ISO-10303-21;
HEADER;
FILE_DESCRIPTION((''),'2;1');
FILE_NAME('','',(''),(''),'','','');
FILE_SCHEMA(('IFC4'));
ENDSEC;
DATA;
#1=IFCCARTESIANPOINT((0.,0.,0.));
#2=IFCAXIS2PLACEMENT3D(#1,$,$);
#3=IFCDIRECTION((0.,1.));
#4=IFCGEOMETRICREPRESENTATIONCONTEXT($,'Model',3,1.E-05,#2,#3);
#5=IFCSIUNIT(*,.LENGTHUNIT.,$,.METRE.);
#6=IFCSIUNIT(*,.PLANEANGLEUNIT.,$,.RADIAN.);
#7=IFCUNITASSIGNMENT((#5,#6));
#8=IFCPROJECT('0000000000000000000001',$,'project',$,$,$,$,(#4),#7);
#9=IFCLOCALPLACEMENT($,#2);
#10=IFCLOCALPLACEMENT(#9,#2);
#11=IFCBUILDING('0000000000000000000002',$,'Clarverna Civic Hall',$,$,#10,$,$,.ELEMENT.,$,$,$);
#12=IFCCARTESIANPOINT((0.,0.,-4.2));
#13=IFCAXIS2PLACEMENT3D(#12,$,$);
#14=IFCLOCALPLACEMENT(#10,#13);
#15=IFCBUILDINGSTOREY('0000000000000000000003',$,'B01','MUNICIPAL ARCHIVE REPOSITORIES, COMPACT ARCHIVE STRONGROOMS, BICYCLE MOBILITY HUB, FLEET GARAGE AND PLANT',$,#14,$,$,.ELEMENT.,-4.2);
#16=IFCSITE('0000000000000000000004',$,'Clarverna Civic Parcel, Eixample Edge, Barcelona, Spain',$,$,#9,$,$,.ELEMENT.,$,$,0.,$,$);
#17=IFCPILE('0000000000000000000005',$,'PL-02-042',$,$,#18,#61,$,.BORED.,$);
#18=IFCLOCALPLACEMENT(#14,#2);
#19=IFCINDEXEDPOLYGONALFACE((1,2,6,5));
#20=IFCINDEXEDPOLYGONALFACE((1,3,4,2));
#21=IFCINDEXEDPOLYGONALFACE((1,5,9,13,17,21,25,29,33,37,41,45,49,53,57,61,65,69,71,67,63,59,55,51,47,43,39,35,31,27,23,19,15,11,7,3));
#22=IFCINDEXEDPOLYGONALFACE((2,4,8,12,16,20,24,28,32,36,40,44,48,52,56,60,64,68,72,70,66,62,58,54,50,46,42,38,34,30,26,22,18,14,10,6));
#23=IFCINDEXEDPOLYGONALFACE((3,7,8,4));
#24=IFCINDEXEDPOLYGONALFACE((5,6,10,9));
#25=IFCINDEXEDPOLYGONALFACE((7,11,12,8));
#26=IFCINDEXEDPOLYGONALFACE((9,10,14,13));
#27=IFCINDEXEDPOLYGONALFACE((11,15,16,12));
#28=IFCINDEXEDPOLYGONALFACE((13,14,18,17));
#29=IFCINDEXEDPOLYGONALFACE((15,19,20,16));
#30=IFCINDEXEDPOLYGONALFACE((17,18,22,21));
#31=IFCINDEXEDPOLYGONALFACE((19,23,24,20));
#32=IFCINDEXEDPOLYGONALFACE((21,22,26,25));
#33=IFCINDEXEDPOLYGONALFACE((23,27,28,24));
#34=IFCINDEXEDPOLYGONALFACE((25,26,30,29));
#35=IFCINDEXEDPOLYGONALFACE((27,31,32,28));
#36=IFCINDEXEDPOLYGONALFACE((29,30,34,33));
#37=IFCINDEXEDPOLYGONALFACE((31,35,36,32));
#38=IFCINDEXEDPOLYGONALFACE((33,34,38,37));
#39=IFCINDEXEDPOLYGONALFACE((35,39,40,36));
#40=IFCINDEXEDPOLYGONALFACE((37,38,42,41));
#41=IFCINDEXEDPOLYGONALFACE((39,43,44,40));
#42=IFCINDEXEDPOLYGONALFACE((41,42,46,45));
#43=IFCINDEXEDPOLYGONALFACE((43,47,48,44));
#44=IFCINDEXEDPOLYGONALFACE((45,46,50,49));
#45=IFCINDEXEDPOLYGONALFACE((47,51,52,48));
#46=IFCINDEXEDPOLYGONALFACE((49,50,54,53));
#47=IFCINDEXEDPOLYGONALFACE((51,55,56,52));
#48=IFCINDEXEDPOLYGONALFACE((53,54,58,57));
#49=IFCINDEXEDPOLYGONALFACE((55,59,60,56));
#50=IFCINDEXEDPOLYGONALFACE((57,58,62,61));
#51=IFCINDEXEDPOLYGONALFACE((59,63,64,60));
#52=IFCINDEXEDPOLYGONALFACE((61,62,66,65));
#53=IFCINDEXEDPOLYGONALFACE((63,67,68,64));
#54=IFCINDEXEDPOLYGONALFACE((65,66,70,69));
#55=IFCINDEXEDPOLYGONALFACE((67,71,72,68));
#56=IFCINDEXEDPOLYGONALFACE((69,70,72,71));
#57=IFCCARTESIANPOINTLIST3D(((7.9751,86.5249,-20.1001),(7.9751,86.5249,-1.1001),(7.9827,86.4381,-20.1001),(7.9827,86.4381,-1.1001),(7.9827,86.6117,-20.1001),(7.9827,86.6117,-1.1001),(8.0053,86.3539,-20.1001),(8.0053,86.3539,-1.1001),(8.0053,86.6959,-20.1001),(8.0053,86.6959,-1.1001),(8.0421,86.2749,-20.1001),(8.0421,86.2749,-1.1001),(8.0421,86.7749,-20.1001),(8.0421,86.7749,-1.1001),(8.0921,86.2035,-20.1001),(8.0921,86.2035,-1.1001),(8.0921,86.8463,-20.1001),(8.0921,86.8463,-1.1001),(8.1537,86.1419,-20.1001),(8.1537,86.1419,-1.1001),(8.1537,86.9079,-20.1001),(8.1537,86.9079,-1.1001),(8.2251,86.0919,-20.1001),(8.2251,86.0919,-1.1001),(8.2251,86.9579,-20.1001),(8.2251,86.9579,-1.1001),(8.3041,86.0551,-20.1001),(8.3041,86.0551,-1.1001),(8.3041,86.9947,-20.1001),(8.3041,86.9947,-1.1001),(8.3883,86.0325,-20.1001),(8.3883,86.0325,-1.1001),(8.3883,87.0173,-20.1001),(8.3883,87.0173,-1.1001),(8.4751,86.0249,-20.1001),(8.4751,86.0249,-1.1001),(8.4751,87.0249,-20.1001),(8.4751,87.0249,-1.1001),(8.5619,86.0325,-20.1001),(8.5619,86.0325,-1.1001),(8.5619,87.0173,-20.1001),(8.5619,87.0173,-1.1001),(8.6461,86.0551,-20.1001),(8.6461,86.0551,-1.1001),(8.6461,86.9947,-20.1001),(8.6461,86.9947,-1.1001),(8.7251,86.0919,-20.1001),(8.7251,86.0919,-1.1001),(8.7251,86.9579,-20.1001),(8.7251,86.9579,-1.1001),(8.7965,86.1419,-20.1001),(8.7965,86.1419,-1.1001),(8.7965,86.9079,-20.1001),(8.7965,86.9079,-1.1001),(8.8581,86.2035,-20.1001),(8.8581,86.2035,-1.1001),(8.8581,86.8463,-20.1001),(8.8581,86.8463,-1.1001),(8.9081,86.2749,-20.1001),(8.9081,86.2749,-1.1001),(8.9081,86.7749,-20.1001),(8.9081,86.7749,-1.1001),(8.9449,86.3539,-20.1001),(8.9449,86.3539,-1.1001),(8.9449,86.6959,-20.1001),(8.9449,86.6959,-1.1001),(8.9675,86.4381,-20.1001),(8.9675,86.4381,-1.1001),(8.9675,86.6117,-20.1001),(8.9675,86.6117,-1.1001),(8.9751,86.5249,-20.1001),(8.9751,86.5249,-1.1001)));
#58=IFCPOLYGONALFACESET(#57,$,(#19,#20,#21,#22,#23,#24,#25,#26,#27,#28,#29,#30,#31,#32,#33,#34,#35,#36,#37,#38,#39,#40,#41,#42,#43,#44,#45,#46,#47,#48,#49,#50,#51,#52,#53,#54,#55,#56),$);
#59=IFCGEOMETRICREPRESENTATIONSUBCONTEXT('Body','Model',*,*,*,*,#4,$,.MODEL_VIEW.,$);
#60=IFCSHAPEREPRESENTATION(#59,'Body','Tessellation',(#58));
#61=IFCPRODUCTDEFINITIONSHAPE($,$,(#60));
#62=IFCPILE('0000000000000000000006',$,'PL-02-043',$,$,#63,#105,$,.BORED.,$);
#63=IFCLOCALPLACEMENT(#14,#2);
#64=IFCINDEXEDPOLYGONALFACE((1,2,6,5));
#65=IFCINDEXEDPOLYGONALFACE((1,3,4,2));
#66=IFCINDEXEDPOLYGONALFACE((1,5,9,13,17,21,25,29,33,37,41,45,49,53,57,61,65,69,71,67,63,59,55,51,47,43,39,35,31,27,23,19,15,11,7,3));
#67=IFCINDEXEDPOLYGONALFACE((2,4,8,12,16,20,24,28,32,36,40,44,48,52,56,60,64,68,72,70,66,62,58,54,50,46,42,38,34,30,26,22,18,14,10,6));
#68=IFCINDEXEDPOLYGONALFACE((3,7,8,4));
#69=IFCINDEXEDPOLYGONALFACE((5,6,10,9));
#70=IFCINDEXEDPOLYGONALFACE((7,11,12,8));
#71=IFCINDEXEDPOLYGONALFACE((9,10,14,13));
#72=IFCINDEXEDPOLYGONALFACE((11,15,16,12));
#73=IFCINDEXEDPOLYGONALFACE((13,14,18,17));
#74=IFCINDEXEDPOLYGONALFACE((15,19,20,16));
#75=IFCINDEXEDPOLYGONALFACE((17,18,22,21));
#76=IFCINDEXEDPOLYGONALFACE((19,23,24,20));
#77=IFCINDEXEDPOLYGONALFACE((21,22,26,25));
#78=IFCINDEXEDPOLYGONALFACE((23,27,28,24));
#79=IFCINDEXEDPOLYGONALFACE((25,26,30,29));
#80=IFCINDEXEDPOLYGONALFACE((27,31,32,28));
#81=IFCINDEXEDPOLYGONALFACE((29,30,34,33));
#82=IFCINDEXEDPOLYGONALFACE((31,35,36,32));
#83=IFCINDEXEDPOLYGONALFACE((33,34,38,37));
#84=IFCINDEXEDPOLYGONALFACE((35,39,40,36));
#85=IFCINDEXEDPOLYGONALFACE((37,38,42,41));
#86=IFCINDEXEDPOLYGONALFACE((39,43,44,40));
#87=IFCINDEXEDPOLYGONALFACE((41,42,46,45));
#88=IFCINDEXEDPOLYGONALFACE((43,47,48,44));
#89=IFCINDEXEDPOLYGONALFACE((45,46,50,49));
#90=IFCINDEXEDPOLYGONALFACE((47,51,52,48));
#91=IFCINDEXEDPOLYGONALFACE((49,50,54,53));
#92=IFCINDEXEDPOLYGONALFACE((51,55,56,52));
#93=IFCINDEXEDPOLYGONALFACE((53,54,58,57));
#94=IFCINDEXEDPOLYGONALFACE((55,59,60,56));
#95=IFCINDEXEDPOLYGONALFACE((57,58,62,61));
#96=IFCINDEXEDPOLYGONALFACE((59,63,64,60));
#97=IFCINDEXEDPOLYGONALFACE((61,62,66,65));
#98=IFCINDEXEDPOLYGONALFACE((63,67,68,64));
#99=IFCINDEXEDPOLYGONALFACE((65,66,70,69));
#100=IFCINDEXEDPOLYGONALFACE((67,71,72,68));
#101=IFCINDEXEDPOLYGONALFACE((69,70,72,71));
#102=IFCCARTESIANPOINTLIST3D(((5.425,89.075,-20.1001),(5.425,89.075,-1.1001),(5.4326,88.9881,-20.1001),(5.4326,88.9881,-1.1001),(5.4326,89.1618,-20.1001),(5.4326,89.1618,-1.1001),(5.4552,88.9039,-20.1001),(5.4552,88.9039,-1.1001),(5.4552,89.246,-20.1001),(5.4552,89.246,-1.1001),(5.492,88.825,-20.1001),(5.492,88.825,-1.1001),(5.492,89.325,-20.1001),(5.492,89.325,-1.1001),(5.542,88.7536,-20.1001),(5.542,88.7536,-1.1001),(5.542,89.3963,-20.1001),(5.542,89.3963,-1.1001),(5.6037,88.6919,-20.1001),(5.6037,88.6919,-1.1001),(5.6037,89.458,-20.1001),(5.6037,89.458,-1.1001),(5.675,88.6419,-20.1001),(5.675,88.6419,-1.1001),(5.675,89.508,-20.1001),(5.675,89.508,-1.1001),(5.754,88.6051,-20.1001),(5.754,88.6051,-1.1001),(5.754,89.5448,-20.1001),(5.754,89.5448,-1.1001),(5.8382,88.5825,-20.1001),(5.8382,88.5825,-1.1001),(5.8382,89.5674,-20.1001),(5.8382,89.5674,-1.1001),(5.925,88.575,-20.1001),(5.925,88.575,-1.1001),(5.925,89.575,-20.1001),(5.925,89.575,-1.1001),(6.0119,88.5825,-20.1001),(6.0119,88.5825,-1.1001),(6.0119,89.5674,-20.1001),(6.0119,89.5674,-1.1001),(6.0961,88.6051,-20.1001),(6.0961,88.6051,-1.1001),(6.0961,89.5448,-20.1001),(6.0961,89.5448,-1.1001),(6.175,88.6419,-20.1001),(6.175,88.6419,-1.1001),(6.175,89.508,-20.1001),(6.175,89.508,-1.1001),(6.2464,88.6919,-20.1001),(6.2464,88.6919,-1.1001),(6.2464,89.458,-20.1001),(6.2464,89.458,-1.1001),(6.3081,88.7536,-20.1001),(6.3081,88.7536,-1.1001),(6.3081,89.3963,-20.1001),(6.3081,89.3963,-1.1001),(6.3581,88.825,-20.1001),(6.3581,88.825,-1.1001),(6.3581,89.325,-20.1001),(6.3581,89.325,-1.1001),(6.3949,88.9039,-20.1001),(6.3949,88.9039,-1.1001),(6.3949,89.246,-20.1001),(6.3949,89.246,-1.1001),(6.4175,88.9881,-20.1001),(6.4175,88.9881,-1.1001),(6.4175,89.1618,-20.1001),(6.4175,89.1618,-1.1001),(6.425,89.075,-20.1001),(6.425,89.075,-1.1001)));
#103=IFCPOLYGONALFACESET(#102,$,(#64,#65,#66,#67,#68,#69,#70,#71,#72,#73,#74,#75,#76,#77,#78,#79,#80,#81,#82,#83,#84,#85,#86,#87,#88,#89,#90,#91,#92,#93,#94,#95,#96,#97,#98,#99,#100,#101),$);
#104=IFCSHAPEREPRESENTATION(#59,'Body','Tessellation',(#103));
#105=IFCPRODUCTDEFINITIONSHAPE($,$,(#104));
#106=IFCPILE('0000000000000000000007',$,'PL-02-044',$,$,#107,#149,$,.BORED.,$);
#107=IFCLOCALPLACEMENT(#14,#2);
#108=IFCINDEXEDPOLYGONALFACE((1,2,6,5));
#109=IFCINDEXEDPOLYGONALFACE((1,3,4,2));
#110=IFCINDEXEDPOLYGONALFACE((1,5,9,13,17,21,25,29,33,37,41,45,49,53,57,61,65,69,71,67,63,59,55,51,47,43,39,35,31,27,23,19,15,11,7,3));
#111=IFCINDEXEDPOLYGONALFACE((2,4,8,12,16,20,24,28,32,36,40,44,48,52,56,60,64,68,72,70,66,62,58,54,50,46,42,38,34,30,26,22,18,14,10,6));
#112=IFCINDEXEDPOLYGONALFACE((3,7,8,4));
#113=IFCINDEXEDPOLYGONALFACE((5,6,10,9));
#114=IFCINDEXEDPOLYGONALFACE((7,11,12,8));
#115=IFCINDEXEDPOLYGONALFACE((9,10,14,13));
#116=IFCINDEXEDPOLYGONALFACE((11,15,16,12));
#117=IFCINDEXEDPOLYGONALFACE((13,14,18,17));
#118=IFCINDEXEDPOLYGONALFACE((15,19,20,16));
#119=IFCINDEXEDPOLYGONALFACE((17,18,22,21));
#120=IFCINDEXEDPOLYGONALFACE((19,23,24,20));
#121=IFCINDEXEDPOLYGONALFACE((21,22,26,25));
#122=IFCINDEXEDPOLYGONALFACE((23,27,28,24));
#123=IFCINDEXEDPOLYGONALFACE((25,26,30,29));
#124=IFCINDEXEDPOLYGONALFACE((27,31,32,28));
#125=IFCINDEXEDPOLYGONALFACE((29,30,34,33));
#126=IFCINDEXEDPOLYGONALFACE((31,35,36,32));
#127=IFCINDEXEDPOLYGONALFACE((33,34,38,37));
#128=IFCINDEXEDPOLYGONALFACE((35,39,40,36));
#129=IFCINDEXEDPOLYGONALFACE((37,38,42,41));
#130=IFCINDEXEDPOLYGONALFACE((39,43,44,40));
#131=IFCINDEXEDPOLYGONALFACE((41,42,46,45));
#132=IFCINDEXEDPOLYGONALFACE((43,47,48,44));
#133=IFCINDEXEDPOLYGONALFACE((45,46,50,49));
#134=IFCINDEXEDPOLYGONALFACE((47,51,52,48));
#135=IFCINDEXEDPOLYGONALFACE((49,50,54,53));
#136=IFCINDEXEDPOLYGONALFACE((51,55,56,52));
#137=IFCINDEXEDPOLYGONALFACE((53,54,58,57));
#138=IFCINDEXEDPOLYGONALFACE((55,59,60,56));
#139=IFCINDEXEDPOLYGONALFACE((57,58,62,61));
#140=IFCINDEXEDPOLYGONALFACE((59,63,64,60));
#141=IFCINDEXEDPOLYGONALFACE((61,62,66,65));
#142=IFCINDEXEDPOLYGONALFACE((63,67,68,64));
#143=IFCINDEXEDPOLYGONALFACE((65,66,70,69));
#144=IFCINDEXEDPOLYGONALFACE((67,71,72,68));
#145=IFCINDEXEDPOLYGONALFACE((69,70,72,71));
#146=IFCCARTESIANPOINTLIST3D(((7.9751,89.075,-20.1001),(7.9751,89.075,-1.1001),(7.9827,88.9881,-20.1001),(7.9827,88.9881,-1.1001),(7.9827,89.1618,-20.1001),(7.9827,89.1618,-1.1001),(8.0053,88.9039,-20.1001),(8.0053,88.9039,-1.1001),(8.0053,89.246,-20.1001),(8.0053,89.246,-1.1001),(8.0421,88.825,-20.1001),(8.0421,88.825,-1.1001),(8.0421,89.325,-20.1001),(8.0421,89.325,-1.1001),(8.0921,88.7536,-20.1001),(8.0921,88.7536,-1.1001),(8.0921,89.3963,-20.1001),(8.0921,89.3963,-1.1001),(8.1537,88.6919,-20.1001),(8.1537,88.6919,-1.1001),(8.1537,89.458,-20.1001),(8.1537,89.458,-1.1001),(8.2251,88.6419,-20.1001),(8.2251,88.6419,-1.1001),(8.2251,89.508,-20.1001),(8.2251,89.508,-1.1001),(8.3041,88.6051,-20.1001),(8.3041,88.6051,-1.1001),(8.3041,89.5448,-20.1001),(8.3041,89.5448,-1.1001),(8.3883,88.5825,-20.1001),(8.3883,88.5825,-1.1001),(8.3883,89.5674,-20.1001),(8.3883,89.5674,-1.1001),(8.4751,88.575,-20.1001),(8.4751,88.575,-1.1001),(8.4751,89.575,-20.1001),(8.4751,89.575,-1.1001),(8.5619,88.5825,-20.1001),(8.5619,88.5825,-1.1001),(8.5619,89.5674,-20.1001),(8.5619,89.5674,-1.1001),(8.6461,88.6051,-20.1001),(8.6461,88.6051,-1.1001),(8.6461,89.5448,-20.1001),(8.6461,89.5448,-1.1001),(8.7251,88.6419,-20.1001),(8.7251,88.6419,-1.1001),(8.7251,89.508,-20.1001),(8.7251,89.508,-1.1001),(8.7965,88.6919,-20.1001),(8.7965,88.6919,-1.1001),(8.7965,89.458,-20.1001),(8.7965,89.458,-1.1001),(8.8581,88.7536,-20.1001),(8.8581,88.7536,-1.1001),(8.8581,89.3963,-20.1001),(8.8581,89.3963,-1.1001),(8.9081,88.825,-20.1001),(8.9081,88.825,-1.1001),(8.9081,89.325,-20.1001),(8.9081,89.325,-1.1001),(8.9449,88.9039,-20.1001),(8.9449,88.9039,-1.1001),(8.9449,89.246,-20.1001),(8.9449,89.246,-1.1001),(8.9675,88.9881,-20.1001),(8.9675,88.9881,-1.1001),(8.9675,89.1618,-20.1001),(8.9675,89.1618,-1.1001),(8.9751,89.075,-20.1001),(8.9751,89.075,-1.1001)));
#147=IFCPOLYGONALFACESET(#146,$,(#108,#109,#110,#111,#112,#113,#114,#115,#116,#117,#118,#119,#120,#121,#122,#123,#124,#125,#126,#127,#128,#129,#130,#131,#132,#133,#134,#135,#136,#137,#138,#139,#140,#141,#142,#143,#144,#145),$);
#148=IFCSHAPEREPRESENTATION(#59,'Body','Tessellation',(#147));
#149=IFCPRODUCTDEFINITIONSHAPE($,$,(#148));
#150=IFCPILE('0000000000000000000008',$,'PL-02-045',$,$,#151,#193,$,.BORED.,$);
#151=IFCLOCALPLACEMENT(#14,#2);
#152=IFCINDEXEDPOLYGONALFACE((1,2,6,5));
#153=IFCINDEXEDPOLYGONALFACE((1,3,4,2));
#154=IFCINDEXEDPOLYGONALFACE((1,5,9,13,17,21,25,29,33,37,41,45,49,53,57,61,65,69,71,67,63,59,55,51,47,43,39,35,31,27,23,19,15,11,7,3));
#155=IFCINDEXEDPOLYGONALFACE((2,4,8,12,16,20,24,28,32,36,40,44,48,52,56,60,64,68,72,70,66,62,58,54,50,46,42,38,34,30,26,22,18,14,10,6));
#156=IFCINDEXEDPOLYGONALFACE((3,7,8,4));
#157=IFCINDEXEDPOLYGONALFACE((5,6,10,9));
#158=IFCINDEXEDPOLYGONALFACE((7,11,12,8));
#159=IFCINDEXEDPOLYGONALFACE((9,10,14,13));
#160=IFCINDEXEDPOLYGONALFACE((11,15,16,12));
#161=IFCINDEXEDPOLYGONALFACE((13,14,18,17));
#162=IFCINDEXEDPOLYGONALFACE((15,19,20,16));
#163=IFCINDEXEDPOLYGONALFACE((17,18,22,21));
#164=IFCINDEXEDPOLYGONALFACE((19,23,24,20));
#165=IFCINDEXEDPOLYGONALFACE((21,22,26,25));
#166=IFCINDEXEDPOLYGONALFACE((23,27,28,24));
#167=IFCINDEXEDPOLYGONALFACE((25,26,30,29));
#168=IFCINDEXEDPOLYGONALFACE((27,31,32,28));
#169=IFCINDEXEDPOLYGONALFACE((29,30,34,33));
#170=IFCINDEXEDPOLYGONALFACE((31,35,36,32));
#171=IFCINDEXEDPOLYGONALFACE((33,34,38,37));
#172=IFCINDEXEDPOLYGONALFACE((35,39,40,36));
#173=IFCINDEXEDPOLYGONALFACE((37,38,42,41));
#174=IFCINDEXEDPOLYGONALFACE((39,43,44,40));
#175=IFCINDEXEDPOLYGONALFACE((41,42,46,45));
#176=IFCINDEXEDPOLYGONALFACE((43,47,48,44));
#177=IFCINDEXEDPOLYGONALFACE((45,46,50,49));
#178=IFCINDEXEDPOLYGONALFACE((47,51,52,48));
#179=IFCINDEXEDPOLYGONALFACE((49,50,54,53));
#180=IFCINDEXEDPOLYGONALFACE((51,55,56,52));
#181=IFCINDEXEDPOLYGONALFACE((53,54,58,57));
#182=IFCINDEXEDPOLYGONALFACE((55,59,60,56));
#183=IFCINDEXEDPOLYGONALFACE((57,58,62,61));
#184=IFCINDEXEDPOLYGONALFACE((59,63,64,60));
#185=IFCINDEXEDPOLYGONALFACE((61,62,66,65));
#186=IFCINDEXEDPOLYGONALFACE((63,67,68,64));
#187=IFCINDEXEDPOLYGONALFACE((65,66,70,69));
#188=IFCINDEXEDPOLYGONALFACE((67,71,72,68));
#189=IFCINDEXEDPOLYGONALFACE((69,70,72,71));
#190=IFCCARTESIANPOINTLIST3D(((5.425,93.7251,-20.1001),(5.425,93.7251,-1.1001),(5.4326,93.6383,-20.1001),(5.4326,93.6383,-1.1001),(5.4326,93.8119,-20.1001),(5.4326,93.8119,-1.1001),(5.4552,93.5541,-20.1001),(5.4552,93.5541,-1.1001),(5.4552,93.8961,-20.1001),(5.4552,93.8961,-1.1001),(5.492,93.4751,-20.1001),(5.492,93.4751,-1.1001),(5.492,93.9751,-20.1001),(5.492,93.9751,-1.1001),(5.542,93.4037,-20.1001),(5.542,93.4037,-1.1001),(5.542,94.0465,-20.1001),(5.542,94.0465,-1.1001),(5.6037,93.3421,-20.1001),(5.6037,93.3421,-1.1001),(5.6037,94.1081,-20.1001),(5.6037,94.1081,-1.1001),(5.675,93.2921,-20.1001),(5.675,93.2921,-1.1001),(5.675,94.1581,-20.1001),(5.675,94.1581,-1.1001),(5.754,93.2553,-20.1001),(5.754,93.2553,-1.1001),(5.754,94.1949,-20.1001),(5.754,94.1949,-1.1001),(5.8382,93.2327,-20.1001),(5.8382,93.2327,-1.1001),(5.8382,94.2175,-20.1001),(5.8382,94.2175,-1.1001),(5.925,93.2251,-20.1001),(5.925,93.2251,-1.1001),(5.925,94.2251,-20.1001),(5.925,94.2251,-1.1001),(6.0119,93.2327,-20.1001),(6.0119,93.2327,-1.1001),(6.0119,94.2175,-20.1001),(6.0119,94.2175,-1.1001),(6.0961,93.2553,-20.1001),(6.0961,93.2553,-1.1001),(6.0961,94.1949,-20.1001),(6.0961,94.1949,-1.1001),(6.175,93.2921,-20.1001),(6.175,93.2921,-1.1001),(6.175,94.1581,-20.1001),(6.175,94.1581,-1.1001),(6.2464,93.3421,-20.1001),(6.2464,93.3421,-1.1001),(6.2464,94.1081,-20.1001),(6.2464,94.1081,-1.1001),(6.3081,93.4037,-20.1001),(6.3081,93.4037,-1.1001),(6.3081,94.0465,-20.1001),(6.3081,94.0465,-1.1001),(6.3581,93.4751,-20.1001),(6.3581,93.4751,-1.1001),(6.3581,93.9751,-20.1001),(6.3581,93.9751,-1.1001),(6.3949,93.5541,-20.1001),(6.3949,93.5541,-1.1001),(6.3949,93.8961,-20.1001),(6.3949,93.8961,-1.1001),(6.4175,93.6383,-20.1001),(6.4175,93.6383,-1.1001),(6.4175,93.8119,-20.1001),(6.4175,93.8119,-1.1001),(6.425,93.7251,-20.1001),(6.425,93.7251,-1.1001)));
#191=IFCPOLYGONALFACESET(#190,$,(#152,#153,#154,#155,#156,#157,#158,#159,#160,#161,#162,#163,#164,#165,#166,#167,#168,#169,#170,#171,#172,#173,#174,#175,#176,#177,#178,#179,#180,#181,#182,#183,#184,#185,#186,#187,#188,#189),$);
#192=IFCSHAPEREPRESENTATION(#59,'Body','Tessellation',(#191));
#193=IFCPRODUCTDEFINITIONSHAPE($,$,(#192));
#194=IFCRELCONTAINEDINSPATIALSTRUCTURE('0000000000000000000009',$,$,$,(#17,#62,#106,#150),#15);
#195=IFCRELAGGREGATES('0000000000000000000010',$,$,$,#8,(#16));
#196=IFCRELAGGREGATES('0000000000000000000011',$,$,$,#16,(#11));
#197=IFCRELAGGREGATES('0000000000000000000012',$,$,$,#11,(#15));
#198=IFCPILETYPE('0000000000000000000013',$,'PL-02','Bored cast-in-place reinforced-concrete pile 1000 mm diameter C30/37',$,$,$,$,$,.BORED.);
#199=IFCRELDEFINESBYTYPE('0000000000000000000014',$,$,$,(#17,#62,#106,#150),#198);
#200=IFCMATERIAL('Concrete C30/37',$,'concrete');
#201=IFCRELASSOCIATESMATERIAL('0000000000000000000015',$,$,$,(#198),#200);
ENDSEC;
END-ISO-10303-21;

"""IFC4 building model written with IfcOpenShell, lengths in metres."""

from ifc_helpers import new_model, si_unit, direction, frame, origin, origin_2d, place, context, subcontext, project, spatial, circle, extrude, material, material_profile, profile_set, type_object, element, save


model = new_model("IFC4")

# Units and contexts
model_context = context("Model", 3, precision=1e-05, world=origin(), true_north=direction((0.0, 1.0)))
body_context = subcontext(model_context, "Body", "Model", "MODEL_VIEW")
ifc_project = project(units=[si_unit("LENGTHUNIT", "METRE"), si_unit("PLANEANGLEUNIT", "RADIAN")], contexts=[model_context])

# Site, building, storey
site_placement = place(None, origin())
site = spatial("IfcSite", under=ifc_project, at=site_placement, Name="Clarverna Civic Parcel, Eixample Edge, Barcelona, Spain", CompositionType="ELEMENT", RefElevation=0.0)
building_placement = place(site_placement, origin())
building = spatial("IfcBuilding", under=site, at=building_placement, Name="Clarverna Civic Hall", CompositionType="ELEMENT")
storey_placement = place(building_placement, frame((0.0, 0.0, -4.2)))
storey = spatial("IfcBuildingStorey", under=building, at=storey_placement, Name="B01", Description="MUNICIPAL ARCHIVE REPOSITORIES, COMPACT ARCHIVE STRONGROOMS, BICYCLE MOBILITY HUB, FLEET GARAGE AND PLANT", CompositionType="ELEMENT", Elevation=-4.2)

# Shared definitions
ifc_material_1 = material(Name="Concrete C30/37", Category="concrete")

# Piles
ifc_material_profile_1 = material_profile(ifc_material_1, circle(Radius=0.5, at=origin_2d()), Name="BORED PILE D1000")
ifc_profile_set_1 = profile_set([ifc_material_profile_1], Name="Concrete C30/37")
pile_type = type_object("IfcPileType", Name="PL-02", Description="Bored cast-in-place reinforced-concrete pile 1000 mm diameter C30/37", PredefinedType="BORED", material=ifc_profile_set_1)
for number, where, z_axis, x_axis, name in (
    (1, (8.4751, 86.5249, -1.1001), (0.0, 0.0, -1.0), (1.0, 0.0, 0.0), "PL-02-042"),
    (2, (5.925, 89.075, -1.1001), (0.0, 0.0, -1.0), (1.0, 0.0, 0.0), "PL-02-043"),
    (3, (8.4751, 89.075, -1.1001), (0.0, 0.0, -1.0), (1.0, 0.0, 0.0), "PL-02-044"),
    (4, (5.925, 93.7251, -1.1001), (0.0, 0.0, -1.0), (1.0, 0.0, 0.0), "PL-02-045"),
):
    element("IfcPile", number, at=place(storey_placement, frame(where, z_axis=z_axis, x_axis=x_axis)), inside=storey, type_object=pile_type, Name=name, PredefinedType="BORED", context=body_context, shape_type="SweptSolid", body=[
        extrude(circle(Radius=0.5, at=origin_2d()), origin(), (0.0, 0.0, 1.0), 19.0),
    ])

save(model, "model.ifc")
